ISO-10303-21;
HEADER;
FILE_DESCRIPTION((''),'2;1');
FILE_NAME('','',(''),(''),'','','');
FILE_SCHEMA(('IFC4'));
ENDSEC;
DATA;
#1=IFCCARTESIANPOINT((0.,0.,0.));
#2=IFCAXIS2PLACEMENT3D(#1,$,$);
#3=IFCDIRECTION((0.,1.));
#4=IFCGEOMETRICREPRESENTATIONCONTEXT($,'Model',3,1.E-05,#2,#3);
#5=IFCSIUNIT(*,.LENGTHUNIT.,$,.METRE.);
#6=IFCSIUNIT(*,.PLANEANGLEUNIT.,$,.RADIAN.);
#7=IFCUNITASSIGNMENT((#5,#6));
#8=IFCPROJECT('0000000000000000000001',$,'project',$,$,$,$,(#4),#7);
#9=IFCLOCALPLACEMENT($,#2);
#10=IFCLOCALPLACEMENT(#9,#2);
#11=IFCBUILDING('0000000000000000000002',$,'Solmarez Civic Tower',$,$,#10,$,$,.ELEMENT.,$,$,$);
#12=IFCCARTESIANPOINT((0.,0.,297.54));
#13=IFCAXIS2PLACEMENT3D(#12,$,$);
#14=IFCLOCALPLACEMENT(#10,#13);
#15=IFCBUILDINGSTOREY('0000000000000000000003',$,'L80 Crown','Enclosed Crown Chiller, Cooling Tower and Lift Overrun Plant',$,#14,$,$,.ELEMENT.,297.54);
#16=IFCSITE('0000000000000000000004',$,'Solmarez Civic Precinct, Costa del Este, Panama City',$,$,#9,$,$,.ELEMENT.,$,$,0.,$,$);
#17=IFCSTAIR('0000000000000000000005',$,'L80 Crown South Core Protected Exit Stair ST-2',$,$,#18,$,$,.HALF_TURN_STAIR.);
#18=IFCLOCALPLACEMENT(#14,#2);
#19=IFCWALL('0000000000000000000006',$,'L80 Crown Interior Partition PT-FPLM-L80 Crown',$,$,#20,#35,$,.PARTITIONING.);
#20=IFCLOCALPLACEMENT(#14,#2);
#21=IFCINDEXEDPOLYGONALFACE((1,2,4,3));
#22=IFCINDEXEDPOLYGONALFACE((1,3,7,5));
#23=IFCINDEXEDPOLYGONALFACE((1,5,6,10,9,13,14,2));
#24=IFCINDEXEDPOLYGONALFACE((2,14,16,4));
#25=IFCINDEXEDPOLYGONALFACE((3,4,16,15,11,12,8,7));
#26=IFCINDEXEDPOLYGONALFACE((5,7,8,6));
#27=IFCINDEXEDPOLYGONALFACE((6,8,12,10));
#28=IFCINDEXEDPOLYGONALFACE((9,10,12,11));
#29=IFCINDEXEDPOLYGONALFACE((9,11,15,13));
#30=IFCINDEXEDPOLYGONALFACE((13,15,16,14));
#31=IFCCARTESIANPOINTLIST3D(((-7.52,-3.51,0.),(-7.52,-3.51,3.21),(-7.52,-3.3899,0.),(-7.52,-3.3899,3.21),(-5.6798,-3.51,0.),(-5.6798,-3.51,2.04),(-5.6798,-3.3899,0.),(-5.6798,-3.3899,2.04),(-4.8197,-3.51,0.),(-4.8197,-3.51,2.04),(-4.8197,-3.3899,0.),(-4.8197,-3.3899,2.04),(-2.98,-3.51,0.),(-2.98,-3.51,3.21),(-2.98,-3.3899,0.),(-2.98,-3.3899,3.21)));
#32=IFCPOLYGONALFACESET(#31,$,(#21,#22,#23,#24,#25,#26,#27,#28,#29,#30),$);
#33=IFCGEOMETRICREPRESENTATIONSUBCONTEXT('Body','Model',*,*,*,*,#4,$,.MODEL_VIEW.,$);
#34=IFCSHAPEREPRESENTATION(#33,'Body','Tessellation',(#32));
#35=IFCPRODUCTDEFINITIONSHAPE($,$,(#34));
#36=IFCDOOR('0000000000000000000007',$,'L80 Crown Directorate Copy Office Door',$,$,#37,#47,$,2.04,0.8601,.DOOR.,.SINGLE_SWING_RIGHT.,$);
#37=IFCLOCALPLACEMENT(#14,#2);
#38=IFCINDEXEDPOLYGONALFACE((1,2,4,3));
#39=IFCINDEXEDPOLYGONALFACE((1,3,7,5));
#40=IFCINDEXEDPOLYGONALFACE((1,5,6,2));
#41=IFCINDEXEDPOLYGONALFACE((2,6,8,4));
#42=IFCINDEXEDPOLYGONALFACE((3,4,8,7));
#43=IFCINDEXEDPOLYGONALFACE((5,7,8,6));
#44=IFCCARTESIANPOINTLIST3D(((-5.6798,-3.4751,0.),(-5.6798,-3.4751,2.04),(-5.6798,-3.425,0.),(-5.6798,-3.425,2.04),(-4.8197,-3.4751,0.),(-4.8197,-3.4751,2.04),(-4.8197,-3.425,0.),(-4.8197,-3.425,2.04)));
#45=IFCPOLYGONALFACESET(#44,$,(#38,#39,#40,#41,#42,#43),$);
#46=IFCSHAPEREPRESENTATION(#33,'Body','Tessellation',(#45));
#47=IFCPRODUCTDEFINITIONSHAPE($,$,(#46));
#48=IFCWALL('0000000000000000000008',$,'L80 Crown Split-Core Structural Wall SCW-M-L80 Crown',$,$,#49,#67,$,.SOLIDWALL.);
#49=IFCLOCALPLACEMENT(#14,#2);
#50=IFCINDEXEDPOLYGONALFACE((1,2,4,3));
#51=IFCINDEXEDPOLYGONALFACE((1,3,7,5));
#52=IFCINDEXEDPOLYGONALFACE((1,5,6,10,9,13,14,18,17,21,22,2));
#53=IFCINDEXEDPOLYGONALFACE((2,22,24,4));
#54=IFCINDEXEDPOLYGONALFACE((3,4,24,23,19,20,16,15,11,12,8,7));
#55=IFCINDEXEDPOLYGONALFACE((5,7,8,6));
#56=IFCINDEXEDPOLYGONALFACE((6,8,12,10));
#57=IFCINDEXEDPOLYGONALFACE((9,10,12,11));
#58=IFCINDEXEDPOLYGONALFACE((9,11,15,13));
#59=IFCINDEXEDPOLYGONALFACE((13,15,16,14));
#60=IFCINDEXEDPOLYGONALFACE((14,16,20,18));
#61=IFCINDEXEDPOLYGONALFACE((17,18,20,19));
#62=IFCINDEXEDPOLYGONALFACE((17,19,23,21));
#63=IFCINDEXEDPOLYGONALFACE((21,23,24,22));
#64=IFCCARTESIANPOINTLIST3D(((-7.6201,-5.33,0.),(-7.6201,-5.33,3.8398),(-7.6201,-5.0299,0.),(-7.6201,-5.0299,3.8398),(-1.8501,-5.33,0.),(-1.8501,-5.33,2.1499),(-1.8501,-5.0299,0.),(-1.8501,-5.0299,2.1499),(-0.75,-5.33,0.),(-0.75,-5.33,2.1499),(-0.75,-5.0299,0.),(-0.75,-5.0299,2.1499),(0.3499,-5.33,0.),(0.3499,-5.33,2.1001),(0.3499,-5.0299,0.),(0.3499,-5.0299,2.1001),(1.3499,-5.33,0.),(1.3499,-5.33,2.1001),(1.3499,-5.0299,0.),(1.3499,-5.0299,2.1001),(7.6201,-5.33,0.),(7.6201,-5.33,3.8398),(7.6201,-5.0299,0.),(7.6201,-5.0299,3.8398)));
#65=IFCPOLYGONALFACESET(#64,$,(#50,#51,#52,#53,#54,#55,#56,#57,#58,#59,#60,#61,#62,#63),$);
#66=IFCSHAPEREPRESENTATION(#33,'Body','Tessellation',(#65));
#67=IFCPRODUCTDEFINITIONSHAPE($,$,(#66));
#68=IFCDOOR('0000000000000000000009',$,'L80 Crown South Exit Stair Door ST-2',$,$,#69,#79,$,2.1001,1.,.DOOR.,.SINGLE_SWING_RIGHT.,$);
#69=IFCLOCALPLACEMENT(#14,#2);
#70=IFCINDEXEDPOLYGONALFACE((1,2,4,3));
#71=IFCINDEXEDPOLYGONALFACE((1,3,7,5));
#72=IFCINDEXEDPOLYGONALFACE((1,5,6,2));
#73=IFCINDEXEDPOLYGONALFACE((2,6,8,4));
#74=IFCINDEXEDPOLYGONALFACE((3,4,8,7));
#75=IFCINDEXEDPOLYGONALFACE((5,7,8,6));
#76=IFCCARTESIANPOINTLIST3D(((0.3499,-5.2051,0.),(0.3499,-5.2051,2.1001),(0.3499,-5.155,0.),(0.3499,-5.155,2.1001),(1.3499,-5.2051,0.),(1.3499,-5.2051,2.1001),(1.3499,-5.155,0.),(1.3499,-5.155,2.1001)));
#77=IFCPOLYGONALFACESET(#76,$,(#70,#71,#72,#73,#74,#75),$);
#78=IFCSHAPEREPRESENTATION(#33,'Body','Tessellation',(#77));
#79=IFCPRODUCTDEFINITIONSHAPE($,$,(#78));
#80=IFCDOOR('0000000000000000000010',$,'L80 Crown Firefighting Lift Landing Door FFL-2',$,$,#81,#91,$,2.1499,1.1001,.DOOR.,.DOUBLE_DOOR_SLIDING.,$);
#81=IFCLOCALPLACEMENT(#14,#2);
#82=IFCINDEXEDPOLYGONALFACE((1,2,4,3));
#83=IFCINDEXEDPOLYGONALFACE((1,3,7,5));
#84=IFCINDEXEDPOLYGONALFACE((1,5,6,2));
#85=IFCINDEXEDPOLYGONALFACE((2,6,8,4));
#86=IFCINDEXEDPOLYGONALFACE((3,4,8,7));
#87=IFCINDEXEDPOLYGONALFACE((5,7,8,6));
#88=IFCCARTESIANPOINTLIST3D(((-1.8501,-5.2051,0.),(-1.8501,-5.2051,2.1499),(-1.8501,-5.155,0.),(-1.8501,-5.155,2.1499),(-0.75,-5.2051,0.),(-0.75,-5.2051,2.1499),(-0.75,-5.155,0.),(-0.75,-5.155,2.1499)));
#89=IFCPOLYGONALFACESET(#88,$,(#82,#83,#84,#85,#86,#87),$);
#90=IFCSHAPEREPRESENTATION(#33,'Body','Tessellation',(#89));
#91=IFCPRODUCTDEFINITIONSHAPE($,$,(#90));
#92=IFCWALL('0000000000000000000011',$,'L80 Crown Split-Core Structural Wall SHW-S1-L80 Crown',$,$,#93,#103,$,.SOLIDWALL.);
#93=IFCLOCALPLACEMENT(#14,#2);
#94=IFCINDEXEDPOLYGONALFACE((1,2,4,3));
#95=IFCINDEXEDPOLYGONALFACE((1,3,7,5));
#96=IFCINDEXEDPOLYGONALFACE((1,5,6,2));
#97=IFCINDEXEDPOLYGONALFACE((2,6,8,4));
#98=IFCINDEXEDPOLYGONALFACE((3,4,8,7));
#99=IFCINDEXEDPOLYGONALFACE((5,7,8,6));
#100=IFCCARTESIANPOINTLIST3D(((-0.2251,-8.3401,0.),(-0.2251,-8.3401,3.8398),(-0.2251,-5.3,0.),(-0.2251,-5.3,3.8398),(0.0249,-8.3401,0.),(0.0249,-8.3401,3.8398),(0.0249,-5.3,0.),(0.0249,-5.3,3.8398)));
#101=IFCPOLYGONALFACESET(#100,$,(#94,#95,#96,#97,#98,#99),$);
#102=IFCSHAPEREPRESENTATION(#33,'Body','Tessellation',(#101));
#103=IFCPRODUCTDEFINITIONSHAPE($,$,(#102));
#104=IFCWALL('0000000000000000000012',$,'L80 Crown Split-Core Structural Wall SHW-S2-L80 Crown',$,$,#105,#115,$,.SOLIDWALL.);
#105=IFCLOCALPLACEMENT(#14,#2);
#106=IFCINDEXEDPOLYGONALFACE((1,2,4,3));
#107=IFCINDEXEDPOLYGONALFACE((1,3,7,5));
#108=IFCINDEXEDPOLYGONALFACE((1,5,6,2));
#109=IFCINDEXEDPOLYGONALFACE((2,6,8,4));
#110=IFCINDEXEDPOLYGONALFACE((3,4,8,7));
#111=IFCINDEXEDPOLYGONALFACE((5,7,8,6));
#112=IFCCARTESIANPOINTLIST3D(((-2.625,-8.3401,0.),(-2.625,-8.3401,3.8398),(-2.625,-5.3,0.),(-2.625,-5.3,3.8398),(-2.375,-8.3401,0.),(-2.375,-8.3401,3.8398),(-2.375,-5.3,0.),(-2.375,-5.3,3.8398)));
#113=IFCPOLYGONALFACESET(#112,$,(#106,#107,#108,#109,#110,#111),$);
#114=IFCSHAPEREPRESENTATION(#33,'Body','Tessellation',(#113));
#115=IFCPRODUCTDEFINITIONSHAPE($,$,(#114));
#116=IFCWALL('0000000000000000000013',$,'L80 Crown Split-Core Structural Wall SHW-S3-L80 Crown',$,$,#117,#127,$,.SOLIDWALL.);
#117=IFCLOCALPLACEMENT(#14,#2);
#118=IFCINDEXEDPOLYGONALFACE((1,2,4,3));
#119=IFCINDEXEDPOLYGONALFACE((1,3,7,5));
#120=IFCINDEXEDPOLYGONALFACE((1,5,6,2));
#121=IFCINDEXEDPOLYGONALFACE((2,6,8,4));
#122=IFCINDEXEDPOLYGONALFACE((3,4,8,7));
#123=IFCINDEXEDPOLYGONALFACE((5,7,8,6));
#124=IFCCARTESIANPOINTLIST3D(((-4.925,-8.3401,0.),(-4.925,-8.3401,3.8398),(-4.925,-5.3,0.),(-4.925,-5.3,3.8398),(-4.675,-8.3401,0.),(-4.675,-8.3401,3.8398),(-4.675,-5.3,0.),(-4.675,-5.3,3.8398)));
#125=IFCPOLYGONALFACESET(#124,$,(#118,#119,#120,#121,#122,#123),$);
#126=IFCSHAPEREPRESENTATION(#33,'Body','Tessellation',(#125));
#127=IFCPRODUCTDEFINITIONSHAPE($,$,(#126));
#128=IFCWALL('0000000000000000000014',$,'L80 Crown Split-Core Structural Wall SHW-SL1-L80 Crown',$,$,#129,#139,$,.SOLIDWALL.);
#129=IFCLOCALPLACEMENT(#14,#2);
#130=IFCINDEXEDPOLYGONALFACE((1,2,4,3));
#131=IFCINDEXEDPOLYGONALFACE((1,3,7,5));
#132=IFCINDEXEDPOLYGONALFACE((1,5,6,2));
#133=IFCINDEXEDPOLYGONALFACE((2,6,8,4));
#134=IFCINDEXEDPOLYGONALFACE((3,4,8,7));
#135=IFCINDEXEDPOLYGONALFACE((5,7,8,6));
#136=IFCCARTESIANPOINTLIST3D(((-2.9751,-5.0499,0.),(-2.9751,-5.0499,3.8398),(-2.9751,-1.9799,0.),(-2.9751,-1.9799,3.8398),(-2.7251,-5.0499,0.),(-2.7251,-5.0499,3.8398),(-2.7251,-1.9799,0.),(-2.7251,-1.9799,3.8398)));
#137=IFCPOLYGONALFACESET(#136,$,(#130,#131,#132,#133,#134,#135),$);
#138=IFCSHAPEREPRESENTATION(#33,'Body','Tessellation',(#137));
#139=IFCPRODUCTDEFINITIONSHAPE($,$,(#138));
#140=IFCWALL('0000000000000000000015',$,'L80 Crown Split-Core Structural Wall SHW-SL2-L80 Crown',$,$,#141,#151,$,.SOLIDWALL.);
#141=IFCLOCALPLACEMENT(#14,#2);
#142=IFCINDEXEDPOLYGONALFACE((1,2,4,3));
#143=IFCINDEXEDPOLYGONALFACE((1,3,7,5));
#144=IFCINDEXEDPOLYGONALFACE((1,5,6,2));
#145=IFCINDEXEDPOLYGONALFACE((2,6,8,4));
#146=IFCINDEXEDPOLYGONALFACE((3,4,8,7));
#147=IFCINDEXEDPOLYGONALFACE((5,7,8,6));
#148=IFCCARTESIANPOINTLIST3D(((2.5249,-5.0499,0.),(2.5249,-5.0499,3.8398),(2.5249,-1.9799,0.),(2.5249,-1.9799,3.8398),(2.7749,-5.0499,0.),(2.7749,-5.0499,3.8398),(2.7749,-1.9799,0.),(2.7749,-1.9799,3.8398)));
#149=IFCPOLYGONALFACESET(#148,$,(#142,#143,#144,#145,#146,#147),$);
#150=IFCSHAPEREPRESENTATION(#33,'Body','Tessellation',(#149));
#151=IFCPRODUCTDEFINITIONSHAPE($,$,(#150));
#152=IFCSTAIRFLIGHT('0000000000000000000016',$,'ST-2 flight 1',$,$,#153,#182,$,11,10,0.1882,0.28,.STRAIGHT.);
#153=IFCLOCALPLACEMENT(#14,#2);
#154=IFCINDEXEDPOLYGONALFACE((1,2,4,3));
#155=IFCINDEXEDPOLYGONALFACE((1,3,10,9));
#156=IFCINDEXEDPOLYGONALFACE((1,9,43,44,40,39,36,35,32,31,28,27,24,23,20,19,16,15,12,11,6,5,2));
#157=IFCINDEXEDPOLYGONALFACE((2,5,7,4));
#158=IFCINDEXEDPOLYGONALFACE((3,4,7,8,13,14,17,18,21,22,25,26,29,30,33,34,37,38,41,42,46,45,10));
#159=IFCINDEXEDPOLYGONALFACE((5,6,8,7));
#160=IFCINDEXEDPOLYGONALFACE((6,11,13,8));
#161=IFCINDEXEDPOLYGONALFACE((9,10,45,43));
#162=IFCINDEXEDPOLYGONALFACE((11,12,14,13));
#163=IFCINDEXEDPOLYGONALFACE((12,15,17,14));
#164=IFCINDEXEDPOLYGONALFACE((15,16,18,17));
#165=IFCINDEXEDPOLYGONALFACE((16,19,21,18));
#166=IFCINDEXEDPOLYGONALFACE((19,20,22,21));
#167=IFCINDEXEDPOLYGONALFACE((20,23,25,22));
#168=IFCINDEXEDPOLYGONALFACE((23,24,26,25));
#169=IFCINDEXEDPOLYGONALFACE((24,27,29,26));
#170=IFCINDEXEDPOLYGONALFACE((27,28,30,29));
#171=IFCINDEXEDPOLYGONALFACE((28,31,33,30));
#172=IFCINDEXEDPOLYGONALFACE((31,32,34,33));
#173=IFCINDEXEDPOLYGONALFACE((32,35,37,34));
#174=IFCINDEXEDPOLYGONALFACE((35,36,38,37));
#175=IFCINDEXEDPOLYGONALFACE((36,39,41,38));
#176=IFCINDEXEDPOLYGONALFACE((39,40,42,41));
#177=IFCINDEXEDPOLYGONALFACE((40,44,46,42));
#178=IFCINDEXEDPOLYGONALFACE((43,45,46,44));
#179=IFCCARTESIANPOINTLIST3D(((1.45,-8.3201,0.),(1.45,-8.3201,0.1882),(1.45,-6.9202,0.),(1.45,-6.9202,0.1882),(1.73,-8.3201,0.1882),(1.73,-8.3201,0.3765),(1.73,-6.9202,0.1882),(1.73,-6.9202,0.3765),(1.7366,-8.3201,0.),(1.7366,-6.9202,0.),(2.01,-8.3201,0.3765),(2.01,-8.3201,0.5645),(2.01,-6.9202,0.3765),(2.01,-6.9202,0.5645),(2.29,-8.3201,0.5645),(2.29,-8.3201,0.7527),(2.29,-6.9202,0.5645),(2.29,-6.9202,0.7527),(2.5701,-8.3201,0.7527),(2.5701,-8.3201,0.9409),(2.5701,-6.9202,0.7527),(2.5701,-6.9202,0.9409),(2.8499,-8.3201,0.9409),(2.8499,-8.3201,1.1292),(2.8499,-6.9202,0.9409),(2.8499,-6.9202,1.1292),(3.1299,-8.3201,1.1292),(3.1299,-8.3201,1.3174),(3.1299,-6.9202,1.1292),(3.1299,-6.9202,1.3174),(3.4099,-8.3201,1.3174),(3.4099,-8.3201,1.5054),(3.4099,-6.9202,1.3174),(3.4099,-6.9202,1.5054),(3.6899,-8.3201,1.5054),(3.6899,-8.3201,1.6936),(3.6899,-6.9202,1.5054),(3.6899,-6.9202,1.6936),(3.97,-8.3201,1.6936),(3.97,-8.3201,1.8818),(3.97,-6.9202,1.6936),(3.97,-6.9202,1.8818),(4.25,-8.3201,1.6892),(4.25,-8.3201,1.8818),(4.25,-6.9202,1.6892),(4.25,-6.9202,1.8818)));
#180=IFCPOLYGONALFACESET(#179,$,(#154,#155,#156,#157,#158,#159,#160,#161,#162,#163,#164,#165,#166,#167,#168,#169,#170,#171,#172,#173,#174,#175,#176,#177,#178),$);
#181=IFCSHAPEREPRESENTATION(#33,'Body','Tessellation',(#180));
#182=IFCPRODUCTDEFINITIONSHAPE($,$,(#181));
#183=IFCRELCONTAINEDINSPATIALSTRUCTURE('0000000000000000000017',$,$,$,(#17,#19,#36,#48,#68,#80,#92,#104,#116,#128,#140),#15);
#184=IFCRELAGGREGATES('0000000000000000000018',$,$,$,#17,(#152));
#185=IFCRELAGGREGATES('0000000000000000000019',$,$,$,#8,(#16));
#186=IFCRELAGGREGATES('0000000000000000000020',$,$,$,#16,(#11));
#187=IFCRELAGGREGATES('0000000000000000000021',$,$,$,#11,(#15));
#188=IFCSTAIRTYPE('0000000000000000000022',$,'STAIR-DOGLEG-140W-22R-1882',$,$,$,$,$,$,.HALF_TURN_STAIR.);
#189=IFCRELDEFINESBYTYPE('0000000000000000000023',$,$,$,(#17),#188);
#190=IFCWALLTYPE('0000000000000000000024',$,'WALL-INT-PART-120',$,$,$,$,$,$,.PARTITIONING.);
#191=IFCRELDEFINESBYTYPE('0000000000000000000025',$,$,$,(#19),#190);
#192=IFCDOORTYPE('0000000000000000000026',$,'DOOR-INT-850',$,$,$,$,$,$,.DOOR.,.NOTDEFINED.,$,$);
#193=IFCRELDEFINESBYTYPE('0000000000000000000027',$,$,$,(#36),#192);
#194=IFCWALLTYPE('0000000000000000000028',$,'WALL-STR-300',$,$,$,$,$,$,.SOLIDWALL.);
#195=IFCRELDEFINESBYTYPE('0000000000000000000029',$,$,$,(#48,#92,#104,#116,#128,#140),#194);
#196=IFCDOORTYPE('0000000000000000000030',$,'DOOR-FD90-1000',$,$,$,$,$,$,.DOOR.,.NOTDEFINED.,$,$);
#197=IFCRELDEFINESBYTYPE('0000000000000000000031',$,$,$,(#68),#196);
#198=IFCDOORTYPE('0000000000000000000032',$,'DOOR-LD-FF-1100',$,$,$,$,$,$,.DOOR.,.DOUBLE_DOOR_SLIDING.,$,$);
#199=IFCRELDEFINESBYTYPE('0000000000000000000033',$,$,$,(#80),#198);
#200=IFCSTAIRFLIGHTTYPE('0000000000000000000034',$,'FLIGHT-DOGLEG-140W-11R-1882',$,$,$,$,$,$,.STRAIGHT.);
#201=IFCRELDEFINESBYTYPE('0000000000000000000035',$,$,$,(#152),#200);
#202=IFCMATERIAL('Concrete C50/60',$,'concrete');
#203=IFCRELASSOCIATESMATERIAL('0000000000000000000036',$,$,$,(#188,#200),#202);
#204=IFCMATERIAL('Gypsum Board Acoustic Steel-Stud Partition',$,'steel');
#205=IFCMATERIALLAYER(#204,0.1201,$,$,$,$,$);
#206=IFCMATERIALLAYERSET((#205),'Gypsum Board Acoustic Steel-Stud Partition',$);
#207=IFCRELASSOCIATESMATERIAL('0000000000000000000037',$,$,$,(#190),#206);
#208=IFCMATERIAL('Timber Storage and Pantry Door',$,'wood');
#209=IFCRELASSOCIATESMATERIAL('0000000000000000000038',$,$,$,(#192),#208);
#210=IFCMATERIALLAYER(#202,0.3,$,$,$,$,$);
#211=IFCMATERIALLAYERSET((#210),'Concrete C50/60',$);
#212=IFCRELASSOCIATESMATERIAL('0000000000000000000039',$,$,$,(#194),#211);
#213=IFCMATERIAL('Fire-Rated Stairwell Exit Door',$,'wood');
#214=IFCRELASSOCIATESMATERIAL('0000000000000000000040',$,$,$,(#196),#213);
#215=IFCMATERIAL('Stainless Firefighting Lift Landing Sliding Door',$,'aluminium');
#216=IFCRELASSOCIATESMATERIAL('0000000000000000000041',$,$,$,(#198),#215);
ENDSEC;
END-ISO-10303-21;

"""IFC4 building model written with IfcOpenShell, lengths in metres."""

from ifc_helpers import new_model, si_unit, direction, frame, frame_2d, origin, place, context, subcontext, project, spatial, polyline, rectangle, outline, extrude, material, layer, layer_set, type_object, element, fill, aggregate, save


model = new_model("IFC4")

# Units and contexts
model_context = context("Model", 3, precision=1e-05, world=origin(), true_north=direction((0.0, 1.0)))
body_context = subcontext(model_context, "Body", "Model", "MODEL_VIEW")
ifc_project = project(units=[si_unit("LENGTHUNIT", "METRE"), si_unit("PLANEANGLEUNIT", "RADIAN")], contexts=[model_context])

# Site, building, storey
site_placement = place(None, origin())
site = spatial("IfcSite", under=ifc_project, at=site_placement, Name="Solmarez Civic Precinct, Costa del Este, Panama City", CompositionType="ELEMENT", RefElevation=0.0)
building_placement = place(site_placement, origin())
building = spatial("IfcBuilding", under=site, at=building_placement, Name="Solmarez Civic Tower", CompositionType="ELEMENT")
storey_placement = place(building_placement, frame((0.0, 0.0, 297.54)))
storey = spatial("IfcBuildingStorey", under=building, at=storey_placement, Name="L80 Crown", Description="Enclosed Crown Chiller, Cooling Tower and Lift Overrun Plant", CompositionType="ELEMENT", Elevation=297.54)

# Shared definitions
ifc_material_1 = material(Name="Concrete C50/60", Category="concrete")

# Stair
stair_type = type_object("IfcStairType", Name="STAIR-DOGLEG-140W-22R-1882", PredefinedType="HALF_TURN_STAIR", material=ifc_material_1)
stair_1_placement = place(storey_placement, origin())
stair_1 = element("IfcStair", 1, at=stair_1_placement, inside=storey, type_object=stair_type, Name="L80 Crown South Core Protected Exit Stair ST-2", PredefinedType="HALF_TURN_STAIR")

# Shared definitions
ifc_material_2 = material(Name="Gypsum Board Acoustic Steel-Stud Partition", Category="steel")

# Wall, opening, door
ifc_layer_1 = layer(ifc_material_2, 0.1201)
ifc_layer_set_1 = layer_set([ifc_layer_1], Name="Gypsum Board Acoustic Steel-Stud Partition")
wall_type_1 = type_object("IfcWallType", Name="WALL-INT-PART-120", PredefinedType="PARTITIONING", material=ifc_layer_set_1)
wall_1_placement = place(storey_placement, frame((-7.52, -3.45, 0.0), z_axis=(0.0, 0.0, 1.0), x_axis=(1.0, 0.0, 0.0)))
wall_1 = element("IfcWall", 2, at=wall_1_placement, inside=storey, type_object=wall_type_1, Name="L80 Crown Interior Partition PT-FPLM-L80 Crown", PredefinedType="PARTITIONING", context=body_context, shape_type="SweptSolid", body=[
    extrude(rectangle(XDim=4.54, YDim=0.1201, at=frame_2d((2.27, 0.0))), origin(), (0.0, 0.0, 1.0), 3.21),
])
opening_1_placement = place(wall_1_placement, frame((1.8401, 0.0, 0.0)))
opening_1 = element("IfcOpeningElement", 3, at=opening_1_placement, cuts=wall_1, PredefinedType="OPENING", context=body_context, shape_type="SweptSolid", body=[
    extrude(rectangle(XDim=0.8601, YDim=2.04, at=frame_2d((0.4302, 1.02))), frame((0.0, 0.0701, 0.0), z_axis=(0.0, -1.0, 0.0), x_axis=(1.0, 0.0, 0.0)), (0.0, 0.0, 1.0), 0.1401),
])
ifc_material_3 = material(Name="Timber Storage and Pantry Door", Category="wood")
door_type_1 = type_object("IfcDoorType", Name="DOOR-INT-850", OperationType="NOTDEFINED", PredefinedType="DOOR", material=ifc_material_3)
door_1_placement = place(opening_1_placement, origin())
door_1 = element("IfcDoor", 4, at=door_1_placement, inside=storey, type_object=door_type_1, Name="L80 Crown Directorate Copy Office Door", OperationType="SINGLE_SWING_RIGHT", OverallHeight=2.04, OverallWidth=0.8601, PredefinedType="DOOR", context=body_context, shape_type="SweptSolid", body=[
    extrude(rectangle(XDim=0.8601, YDim=2.04, at=frame_2d((0.4302, 1.02))), frame((0.0, 0.0249, 0.0), z_axis=(0.0, -1.0, 0.0), x_axis=(1.0, 0.0, 0.0)), (0.0, 0.0, 1.0), 0.05),
])
fill(opening_1, door_1)

# Wall, openings, doors
ifc_layer_2 = layer(ifc_material_1, 0.3)
ifc_layer_set_2 = layer_set([ifc_layer_2], Name="Concrete C50/60")
wall_type_2 = type_object("IfcWallType", Name="WALL-STR-300", PredefinedType="SOLIDWALL", material=ifc_layer_set_2)
wall_2_placement = place(storey_placement, frame((-7.6201, -5.1799, 0.0), z_axis=(0.0, 0.0, 1.0), x_axis=(1.0, 0.0, 0.0)))
wall_2 = element("IfcWall", 5, at=wall_2_placement, inside=storey, type_object=wall_type_2, Name="L80 Crown Split-Core Structural Wall SCW-M-L80 Crown", PredefinedType="SOLIDWALL", context=body_context, shape_type="SweptSolid", body=[
    extrude(rectangle(XDim=15.2402, YDim=0.3, at=frame_2d((7.6201, 0.0))), origin(), (0.0, 0.0, 1.0), 3.8398),
])
opening_2_placement = place(wall_2_placement, frame((5.77, 0.0, 0.0)))
opening_2 = element("IfcOpeningElement", 6, at=opening_2_placement, cuts=wall_2, PredefinedType="OPENING", context=body_context, shape_type="SweptSolid", body=[
    extrude(rectangle(XDim=1.1001, YDim=2.1499, at=frame_2d((0.55, 1.075))), frame((0.0, 0.1599, 0.0), z_axis=(0.0, -1.0, 0.0), x_axis=(1.0, 0.0, 0.0)), (0.0, 0.0, 1.0), 0.3201),
])
opening_3_placement = place(wall_2_placement, frame((7.97, 0.0, 0.0)))
opening_3 = element("IfcOpeningElement", 7, at=opening_3_placement, cuts=wall_2, PredefinedType="OPENING", context=body_context, shape_type="SweptSolid", body=[
    extrude(rectangle(XDim=1.0, YDim=2.1001, at=frame_2d((0.5, 1.05))), frame((0.0, 0.1599, 0.0), z_axis=(0.0, -1.0, 0.0), x_axis=(1.0, 0.0, 0.0)), (0.0, 0.0, 1.0), 0.3201),
])
ifc_material_4 = material(Name="Fire-Rated Stairwell Exit Door", Category="wood")
door_type_2 = type_object("IfcDoorType", Name="DOOR-FD90-1000", OperationType="NOTDEFINED", PredefinedType="DOOR", material=ifc_material_4)
door_2_placement = place(opening_3_placement, origin())
door_2 = element("IfcDoor", 8, at=door_2_placement, inside=storey, type_object=door_type_2, Name="L80 Crown South Exit Stair Door ST-2", OperationType="SINGLE_SWING_RIGHT", OverallHeight=2.1001, OverallWidth=1.0, PredefinedType="DOOR", context=body_context, shape_type="SweptSolid", body=[
    extrude(rectangle(XDim=1.0, YDim=2.1001, at=frame_2d((0.5, 1.05))), frame((0.0, 0.0249, 0.0), z_axis=(0.0, -1.0, 0.0), x_axis=(1.0, 0.0, 0.0)), (0.0, 0.0, 1.0), 0.05),
])
fill(opening_3, door_2)
ifc_material_5 = material(Name="Stainless Firefighting Lift Landing Sliding Door", Category="aluminium")
door_type_3 = type_object("IfcDoorType", Name="DOOR-LD-FF-1100", OperationType="DOUBLE_DOOR_SLIDING", PredefinedType="DOOR", material=ifc_material_5)
door_3_placement = place(opening_2_placement, origin())
door_3 = element("IfcDoor", 9, at=door_3_placement, inside=storey, type_object=door_type_3, Name="L80 Crown Firefighting Lift Landing Door FFL-2", OperationType="DOUBLE_DOOR_SLIDING", OverallHeight=2.1499, OverallWidth=1.1001, PredefinedType="DOOR", context=body_context, shape_type="SweptSolid", body=[
    extrude(rectangle(XDim=1.1001, YDim=2.1499, at=frame_2d((0.55, 1.075))), frame((0.0, 0.0249, 0.0), z_axis=(0.0, -1.0, 0.0), x_axis=(1.0, 0.0, 0.0)), (0.0, 0.0, 1.0), 0.05),
])
fill(opening_2, door_3)

# Walls
for number, where, z_axis, x_axis, name in (
    (10, (-0.1001, -8.3401, 0.0), (0.0, 0.0, 1.0), (0.0, 1.0, 0.0), "L80 Crown Split-Core Structural Wall SHW-S1-L80 Crown"),
    (11, (-2.5, -8.3401, 0.0), (0.0, 0.0, 1.0), (0.0, 1.0, 0.0), "L80 Crown Split-Core Structural Wall SHW-S2-L80 Crown"),
    (12, (-4.8, -8.3401, 0.0), (0.0, 0.0, 1.0), (0.0, 1.0, 0.0), "L80 Crown Split-Core Structural Wall SHW-S3-L80 Crown"),
):
    element("IfcWall", number, at=place(storey_placement, frame(where, z_axis=z_axis, x_axis=x_axis)), inside=storey, type_object=wall_type_2, Name=name, PredefinedType="SOLIDWALL", context=body_context, shape_type="SweptSolid", body=[
        extrude(rectangle(XDim=3.04, YDim=0.25, at=frame_2d((1.52, 0.0))), origin(), (0.0, 0.0, 1.0), 3.8398),
    ])
for number, where, z_axis, x_axis, name in (
    (13, (-2.8501, -5.05, 0.0), (0.0, 0.0, 1.0), (0.0, 1.0, 0.0), "L80 Crown Split-Core Structural Wall SHW-SL1-L80 Crown"),
    (14, (2.6499, -5.05, 0.0), (0.0, 0.0, 1.0), (0.0, 1.0, 0.0), "L80 Crown Split-Core Structural Wall SHW-SL2-L80 Crown"),
):
    element("IfcWall", number, at=place(storey_placement, frame(where, z_axis=z_axis, x_axis=x_axis)), inside=storey, type_object=wall_type_2, Name=name, PredefinedType="SOLIDWALL", context=body_context, shape_type="SweptSolid", body=[
        extrude(rectangle(XDim=3.0701, YDim=0.25, at=frame_2d((1.5352, 0.0))), origin(), (0.0, 0.0, 1.0), 3.8398),
    ])

# Stair flight
stair_flight_type = type_object("IfcStairFlightType", Name="FLIGHT-DOGLEG-140W-11R-1882", PredefinedType="STRAIGHT", material=ifc_material_1)
stair_flight_placement = place(storey_placement, frame((1.45, -7.6201, 0.0), z_axis=(0.0, 0.0, 1.0), x_axis=(1.0, 0.0, 0.0)))
stair_flight = element("IfcStairFlight", 15, at=stair_flight_placement, type_object=stair_flight_type, Name="ST-2 flight 1", NumberOfRisers=11, NumberOfTreads=10, PredefinedType="STRAIGHT", RiserHeight=0.1882, TreadLength=0.28, context=body_context, shape_type="SweptSolid", body=[
    extrude(outline(polyline([(0.0, 0.0), (0.0, 0.1882), (0.28, 0.1882), (0.28, 0.3765), (0.5601, 0.3765), (0.5601, 0.5645), (0.8401, 0.5645), (0.8401, 0.7527), (1.1201, 0.7527), (1.1201, 0.9409), (1.3999, 0.9409), (1.3999, 1.1292), (1.6799, 1.1292), (1.6799, 1.3174), (1.96, 1.3174), (1.96, 1.5054), (2.24, 1.5054), (2.24, 1.6936), (2.52, 1.6936), (2.52, 1.8818), (2.8, 1.8818), (2.8, 2.0701), (2.8, 1.6892), (0.2866, 0.0), (0.0, 0.0)])), frame((0.0, 0.7, 0.0), z_axis=(0.0, -1.0, 0.0), x_axis=(1.0, 0.0, 0.0)), (0.0, 0.0, 1.0), 1.3999),
])
aggregate(stair_1, [stair_flight])

save(model, "model.ifc")
